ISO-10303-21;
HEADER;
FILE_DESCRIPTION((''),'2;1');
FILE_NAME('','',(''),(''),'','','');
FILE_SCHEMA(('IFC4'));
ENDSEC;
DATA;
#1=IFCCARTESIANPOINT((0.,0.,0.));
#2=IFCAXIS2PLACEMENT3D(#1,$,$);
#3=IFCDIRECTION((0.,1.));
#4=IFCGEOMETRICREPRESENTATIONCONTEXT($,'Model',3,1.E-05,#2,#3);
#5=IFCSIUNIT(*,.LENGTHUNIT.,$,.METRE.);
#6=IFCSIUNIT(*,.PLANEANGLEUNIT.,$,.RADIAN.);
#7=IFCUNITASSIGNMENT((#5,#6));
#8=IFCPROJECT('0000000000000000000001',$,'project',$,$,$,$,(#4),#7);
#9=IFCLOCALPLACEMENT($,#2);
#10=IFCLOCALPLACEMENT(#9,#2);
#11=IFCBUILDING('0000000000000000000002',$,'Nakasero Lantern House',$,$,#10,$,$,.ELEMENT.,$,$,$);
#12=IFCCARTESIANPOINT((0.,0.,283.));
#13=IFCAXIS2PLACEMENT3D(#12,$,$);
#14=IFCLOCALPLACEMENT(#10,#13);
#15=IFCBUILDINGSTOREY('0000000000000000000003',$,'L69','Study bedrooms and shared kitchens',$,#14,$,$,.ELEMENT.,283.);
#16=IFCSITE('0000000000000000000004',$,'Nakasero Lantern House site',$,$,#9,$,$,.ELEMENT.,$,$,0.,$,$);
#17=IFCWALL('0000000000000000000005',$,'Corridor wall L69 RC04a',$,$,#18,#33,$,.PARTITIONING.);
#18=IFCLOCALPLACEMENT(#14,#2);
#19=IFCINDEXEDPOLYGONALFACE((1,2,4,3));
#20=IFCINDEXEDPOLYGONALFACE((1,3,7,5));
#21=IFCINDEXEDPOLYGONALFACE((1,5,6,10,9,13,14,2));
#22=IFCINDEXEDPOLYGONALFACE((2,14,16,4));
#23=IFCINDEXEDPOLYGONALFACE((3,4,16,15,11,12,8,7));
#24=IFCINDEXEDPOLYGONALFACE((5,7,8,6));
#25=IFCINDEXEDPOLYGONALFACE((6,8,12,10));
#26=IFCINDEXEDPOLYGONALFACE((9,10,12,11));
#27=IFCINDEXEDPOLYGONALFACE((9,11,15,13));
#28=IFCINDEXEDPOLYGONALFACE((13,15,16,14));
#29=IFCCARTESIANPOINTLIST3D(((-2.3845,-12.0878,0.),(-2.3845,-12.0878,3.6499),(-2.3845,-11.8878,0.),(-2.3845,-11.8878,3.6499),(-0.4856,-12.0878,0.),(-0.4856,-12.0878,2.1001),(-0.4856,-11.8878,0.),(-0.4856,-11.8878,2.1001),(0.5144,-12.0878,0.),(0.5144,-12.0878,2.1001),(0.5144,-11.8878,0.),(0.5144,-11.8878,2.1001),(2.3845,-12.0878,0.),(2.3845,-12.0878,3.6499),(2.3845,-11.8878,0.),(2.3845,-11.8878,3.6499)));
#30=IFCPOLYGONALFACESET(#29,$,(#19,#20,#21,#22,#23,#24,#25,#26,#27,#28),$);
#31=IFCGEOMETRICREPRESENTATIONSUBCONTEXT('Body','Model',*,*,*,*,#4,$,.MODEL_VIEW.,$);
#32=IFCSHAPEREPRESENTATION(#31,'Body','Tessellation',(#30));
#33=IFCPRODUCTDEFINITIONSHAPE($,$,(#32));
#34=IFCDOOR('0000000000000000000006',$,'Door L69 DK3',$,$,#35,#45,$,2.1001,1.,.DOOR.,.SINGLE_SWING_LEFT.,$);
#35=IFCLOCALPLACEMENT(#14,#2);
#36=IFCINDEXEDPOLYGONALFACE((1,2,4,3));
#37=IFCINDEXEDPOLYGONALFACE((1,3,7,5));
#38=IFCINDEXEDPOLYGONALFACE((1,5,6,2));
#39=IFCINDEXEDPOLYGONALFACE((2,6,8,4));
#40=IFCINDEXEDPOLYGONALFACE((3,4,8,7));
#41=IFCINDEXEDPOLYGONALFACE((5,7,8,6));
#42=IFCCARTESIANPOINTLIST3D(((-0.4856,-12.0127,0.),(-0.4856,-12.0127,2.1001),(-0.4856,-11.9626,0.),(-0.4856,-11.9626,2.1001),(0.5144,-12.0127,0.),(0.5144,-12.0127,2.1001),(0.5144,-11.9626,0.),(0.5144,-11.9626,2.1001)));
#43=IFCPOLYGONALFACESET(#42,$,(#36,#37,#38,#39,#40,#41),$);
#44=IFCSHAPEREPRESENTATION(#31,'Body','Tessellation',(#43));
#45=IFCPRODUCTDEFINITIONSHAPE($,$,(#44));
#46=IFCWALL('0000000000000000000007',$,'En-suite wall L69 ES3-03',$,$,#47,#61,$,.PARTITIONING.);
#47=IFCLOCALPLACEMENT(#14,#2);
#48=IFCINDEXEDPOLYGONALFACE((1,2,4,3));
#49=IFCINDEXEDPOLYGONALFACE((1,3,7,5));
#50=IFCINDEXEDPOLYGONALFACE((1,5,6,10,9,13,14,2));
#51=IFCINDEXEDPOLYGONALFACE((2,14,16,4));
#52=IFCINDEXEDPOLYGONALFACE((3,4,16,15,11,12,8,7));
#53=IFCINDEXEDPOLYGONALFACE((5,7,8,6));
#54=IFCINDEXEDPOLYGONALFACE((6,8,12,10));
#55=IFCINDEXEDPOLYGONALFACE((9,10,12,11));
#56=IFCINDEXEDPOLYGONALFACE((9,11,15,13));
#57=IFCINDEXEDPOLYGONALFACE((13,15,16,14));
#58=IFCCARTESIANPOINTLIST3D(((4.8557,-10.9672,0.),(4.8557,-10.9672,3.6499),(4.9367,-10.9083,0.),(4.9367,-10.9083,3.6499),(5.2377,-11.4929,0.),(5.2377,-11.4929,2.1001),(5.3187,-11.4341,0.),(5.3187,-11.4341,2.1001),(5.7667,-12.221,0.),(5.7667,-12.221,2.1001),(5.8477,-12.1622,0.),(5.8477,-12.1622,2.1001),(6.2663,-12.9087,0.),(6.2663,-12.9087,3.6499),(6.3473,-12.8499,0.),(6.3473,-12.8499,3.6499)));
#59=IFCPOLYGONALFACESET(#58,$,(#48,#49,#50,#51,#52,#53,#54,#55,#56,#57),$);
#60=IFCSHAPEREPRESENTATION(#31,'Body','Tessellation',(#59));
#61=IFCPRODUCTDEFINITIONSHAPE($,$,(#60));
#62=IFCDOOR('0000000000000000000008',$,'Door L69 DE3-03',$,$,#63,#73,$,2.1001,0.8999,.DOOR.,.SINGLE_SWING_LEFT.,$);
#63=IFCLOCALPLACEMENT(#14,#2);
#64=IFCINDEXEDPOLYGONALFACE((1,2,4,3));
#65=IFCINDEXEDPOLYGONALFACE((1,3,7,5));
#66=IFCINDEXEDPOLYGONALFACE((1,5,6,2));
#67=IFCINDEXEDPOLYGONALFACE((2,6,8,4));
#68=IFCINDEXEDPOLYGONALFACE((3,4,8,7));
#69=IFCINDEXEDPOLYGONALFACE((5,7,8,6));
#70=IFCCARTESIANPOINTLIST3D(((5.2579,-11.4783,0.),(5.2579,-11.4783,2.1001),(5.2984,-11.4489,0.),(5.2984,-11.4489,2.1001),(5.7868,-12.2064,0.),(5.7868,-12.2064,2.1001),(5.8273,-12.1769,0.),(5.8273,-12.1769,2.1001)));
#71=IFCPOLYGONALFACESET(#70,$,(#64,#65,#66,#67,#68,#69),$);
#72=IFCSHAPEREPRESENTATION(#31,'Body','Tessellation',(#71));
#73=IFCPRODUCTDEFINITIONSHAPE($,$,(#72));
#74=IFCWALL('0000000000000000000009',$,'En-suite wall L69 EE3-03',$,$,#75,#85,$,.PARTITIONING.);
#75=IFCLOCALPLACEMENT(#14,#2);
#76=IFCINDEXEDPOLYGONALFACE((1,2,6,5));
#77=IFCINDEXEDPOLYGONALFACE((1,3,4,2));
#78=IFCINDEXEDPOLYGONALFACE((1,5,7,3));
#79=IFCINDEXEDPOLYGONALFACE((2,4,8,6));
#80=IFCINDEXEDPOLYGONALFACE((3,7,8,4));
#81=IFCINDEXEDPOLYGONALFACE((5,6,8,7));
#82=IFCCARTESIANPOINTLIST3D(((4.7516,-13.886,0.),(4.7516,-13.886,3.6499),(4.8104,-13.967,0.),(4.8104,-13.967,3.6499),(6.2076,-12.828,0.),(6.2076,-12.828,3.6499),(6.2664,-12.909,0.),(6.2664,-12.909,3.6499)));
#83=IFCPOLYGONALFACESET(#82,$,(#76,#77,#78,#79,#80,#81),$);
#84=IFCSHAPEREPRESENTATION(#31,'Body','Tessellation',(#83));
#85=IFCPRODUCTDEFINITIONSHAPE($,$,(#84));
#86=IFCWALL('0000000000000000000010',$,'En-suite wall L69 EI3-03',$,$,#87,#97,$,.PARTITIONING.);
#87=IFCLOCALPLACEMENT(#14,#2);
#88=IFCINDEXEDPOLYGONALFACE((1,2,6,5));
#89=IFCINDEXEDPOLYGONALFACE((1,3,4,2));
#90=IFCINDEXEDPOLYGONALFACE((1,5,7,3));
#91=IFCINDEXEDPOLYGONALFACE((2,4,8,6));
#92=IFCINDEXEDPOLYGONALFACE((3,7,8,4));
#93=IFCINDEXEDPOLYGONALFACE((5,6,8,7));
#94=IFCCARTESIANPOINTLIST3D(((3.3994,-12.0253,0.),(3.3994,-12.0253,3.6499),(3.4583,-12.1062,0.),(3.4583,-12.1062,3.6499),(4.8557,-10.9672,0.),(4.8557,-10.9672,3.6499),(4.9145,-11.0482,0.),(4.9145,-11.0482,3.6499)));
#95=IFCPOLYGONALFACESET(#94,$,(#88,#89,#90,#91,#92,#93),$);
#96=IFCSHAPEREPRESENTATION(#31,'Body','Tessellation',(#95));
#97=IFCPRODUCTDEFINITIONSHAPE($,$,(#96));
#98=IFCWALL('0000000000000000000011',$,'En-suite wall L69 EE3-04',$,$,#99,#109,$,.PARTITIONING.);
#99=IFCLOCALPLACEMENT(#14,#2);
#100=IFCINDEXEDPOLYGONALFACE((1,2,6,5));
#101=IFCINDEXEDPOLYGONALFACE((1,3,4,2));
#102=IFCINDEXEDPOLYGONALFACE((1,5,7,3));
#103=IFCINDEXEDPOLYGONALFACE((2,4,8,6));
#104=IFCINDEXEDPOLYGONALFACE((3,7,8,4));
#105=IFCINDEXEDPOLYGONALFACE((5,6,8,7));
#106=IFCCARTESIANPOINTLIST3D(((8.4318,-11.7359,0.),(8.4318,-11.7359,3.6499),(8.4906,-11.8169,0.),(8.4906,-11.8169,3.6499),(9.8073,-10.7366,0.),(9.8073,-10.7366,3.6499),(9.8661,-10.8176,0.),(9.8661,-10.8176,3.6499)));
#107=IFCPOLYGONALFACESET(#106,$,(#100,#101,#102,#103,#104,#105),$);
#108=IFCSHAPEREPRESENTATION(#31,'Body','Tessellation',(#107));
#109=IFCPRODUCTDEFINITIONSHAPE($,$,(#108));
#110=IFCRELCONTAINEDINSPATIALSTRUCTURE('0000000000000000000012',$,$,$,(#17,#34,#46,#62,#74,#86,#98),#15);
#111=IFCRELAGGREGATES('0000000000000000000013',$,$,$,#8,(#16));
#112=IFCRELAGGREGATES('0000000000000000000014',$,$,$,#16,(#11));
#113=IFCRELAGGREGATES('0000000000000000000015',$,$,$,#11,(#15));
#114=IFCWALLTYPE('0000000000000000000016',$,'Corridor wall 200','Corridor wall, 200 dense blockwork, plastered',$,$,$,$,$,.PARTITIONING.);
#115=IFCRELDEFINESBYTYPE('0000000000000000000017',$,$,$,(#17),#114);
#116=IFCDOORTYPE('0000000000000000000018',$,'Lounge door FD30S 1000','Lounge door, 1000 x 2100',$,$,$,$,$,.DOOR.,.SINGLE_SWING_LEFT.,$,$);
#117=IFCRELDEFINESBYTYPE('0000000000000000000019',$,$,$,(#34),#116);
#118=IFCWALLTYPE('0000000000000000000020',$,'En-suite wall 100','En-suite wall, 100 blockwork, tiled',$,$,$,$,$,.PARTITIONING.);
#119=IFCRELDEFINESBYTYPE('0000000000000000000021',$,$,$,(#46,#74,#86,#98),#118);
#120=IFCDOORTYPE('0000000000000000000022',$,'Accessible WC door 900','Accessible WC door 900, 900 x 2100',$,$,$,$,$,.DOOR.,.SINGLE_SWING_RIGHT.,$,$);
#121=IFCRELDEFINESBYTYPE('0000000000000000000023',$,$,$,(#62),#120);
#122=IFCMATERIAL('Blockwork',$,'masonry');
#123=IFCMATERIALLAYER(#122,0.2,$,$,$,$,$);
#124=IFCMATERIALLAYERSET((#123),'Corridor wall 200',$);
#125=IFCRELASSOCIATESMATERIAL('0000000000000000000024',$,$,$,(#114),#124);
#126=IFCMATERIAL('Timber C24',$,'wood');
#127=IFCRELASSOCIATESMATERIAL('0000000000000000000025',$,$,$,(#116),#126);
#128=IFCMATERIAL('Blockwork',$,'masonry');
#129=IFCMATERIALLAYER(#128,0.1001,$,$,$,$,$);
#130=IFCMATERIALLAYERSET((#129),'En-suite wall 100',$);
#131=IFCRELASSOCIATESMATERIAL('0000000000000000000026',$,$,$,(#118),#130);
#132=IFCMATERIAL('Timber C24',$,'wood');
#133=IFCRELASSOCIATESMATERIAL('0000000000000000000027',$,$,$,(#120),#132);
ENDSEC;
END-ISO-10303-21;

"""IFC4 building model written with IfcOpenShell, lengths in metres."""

from ifc_helpers import new_model, si_unit, direction, frame, frame_2d, origin, place, context, subcontext, project, spatial, rectangle, extrude, material, layer, layer_set, type_object, element, fill, save


model = new_model("IFC4")

# Units and contexts
model_context = context("Model", 3, precision=1e-05, world=origin(), true_north=direction((0.0, 1.0)))
body_context = subcontext(model_context, "Body", "Model", "MODEL_VIEW")
ifc_project = project(units=[si_unit("LENGTHUNIT", "METRE"), si_unit("PLANEANGLEUNIT", "RADIAN")], contexts=[model_context])

# Site, building, storey
site_placement = place(None, origin())
site = spatial("IfcSite", under=ifc_project, at=site_placement, Name="Nakasero Lantern House site", CompositionType="ELEMENT", RefElevation=0.0)
building_placement = place(site_placement, origin())
building = spatial("IfcBuilding", under=site, at=building_placement, Name="Nakasero Lantern House", CompositionType="ELEMENT")
storey_placement = place(building_placement, frame((0.0, 0.0, 283.0)))
storey = spatial("IfcBuildingStorey", under=building, at=storey_placement, Name="L69", Description="Study bedrooms and shared kitchens", CompositionType="ELEMENT", Elevation=283.0)

# Walls, openings, doors
ifc_material_1 = material(Name="Blockwork", Category="masonry")
ifc_layer_1 = layer(ifc_material_1, 0.2)
ifc_layer_set_1 = layer_set([ifc_layer_1], Name="Corridor wall 200")
wall_type_1 = type_object("IfcWallType", Name="Corridor wall 200", Description="Corridor wall, 200 dense blockwork, plastered", PredefinedType="PARTITIONING", material=ifc_layer_set_1)
wall_1_placement = place(storey_placement, frame((2.3845, -11.9878, 0.0), z_axis=(0.0, 0.0, 1.0), x_axis=(-1.0, 0.0, 0.0)))
wall_1 = element("IfcWall", 1, at=wall_1_placement, inside=storey, type_object=wall_type_1, Name="Corridor wall L69 RC04a", PredefinedType="PARTITIONING", context=body_context, shape_type="SweptSolid", body=[
    extrude(rectangle(XDim=4.769, YDim=0.2, at=frame_2d((2.3845, 0.0))), origin(), (0.0, 0.0, 1.0), 3.6499),
])
opening_1_placement = place(wall_1_placement, frame((1.8701, 0.0, 0.0)))
opening_1 = element("IfcOpeningElement", 2, at=opening_1_placement, cuts=wall_1, PredefinedType="OPENING", context=body_context, shape_type="SweptSolid", body=[
    extrude(rectangle(XDim=1.0, YDim=2.1001, at=frame_2d((0.5, 1.05))), frame((0.0, 0.1199, 0.0), z_axis=(0.0, -1.0, 0.0), x_axis=(1.0, 0.0, 0.0)), (0.0, 0.0, 1.0), 0.24),
])
ifc_material_2 = material(Name="Timber C24", Category="wood")
door_type_1 = type_object("IfcDoorType", Name="Lounge door FD30S 1000", Description="Lounge door, 1000 x 2100", OperationType="SINGLE_SWING_LEFT", PredefinedType="DOOR", material=ifc_material_2)
door_1_placement = place(opening_1_placement, origin())
door_1 = element("IfcDoor", 3, at=door_1_placement, inside=storey, type_object=door_type_1, Name="Door L69 DK3", OperationType="SINGLE_SWING_LEFT", OverallHeight=2.1001, OverallWidth=1.0, PredefinedType="DOOR", context=body_context, shape_type="SweptSolid", body=[
    extrude(rectangle(XDim=1.0, YDim=2.1001, at=frame_2d((0.5, 1.05))), frame((0.0, 0.0249, 0.0), z_axis=(0.0, -1.0, 0.0), x_axis=(1.0, 0.0, 0.0)), (0.0, 0.0, 1.0), 0.05),
])
fill(opening_1, door_1)
ifc_material_3 = material(Name="Blockwork", Category="masonry")
ifc_layer_2 = layer(ifc_material_3, 0.1001)
ifc_layer_set_2 = layer_set([ifc_layer_2], Name="En-suite wall 100")
wall_type_2 = type_object("IfcWallType", Name="En-suite wall 100", Description="En-suite wall, 100 blockwork, tiled", PredefinedType="PARTITIONING", material=ifc_layer_set_2)
wall_2_placement = place(storey_placement, frame((4.8962, -10.9377, 0.0), z_axis=(0.0, 0.0, 1.0), x_axis=(0.587772, -0.809026, 0.0)))
wall_2 = element("IfcWall", 4, at=wall_2_placement, inside=storey, type_object=wall_type_2, Name="En-suite wall L69 ES3-03", PredefinedType="PARTITIONING", context=body_context, shape_type="SweptSolid", body=[
    extrude(rectangle(XDim=2.3999, YDim=0.1001, at=frame_2d((1.2, 0.0))), origin(), (0.0, 0.0, 1.0), 3.6499),
])
opening_2_placement = place(wall_2_placement, frame((0.6499, 0.0, 0.0)))
opening_2 = element("IfcOpeningElement", 5, at=opening_2_placement, cuts=wall_2, PredefinedType="OPENING", context=body_context, shape_type="SweptSolid", body=[
    extrude(rectangle(XDim=0.8999, YDim=2.1001, at=frame_2d((0.45, 1.05))), frame((0.0, 0.0701, 0.0), z_axis=(0.0, -1.0, 0.0), x_axis=(1.0, 0.0, 0.0)), (0.0, 0.0, 1.0), 0.1401),
])
ifc_material_4 = material(Name="Timber C24", Category="wood")
door_type_2 = type_object("IfcDoorType", Name="Accessible WC door 900", Description="Accessible WC door 900, 900 x 2100", OperationType="SINGLE_SWING_RIGHT", PredefinedType="DOOR", material=ifc_material_4)
door_2_placement = place(opening_2_placement, origin())
door_2 = element("IfcDoor", 6, at=door_2_placement, inside=storey, type_object=door_type_2, Name="Door L69 DE3-03", OperationType="SINGLE_SWING_LEFT", OverallHeight=2.1001, OverallWidth=0.8999, PredefinedType="DOOR", context=body_context, shape_type="SweptSolid", body=[
    extrude(rectangle(XDim=0.8999, YDim=2.1001, at=frame_2d((0.45, 1.05))), frame((0.0, 0.0249, 0.0), z_axis=(0.0, -1.0, 0.0), x_axis=(1.0, 0.0, 0.0)), (0.0, 0.0, 1.0), 0.05),
])
fill(opening_2, door_2)

# Walls
wall_3_placement = place(storey_placement, frame((4.781, -13.9265, 0.0), z_axis=(0.0, 0.0, 1.0), x_axis=(0.808959, 0.587865, 0.0)))
element("IfcWall", 7, at=wall_3_placement, inside=storey, type_object=wall_type_2, Name="En-suite wall L69 EE3-03", PredefinedType="PARTITIONING", context=body_context, shape_type="SweptSolid", body=[
    extrude(rectangle(XDim=1.7998, YDim=0.1001, at=frame_2d((0.8999, 0.0))), origin(), (0.0, 0.0, 1.0), 3.6499),
])
wall_4_placement = place(storey_placement, frame((3.429, -12.0657, 0.0), z_axis=(0.0, 0.0, 1.0), x_axis=(0.809006, 0.587801, 0.0)))
element("IfcWall", 8, at=wall_4_placement, inside=storey, type_object=wall_type_2, Name="En-suite wall L69 EI3-03", PredefinedType="PARTITIONING", context=body_context, shape_type="SweptSolid", body=[
    extrude(rectangle(XDim=1.8, YDim=0.1001, at=frame_2d((0.8999, 0.0))), origin(), (0.0, 0.0, 1.0), 3.6499),
])
wall_5_placement = place(storey_placement, frame((8.4612, -11.7764, 0.0), z_axis=(0.0, 0.0, 1.0), x_axis=(0.80904, 0.587753, 0.0)))
element("IfcWall", 9, at=wall_5_placement, inside=storey, type_object=wall_type_2, Name="En-suite wall L69 EE3-04", PredefinedType="PARTITIONING", context=body_context, shape_type="SweptSolid", body=[
    extrude(rectangle(XDim=1.7002, YDim=0.1001, at=frame_2d((0.8501, 0.0))), origin(), (0.0, 0.0, 1.0), 3.6499),
])

save(model, "model.ifc")
